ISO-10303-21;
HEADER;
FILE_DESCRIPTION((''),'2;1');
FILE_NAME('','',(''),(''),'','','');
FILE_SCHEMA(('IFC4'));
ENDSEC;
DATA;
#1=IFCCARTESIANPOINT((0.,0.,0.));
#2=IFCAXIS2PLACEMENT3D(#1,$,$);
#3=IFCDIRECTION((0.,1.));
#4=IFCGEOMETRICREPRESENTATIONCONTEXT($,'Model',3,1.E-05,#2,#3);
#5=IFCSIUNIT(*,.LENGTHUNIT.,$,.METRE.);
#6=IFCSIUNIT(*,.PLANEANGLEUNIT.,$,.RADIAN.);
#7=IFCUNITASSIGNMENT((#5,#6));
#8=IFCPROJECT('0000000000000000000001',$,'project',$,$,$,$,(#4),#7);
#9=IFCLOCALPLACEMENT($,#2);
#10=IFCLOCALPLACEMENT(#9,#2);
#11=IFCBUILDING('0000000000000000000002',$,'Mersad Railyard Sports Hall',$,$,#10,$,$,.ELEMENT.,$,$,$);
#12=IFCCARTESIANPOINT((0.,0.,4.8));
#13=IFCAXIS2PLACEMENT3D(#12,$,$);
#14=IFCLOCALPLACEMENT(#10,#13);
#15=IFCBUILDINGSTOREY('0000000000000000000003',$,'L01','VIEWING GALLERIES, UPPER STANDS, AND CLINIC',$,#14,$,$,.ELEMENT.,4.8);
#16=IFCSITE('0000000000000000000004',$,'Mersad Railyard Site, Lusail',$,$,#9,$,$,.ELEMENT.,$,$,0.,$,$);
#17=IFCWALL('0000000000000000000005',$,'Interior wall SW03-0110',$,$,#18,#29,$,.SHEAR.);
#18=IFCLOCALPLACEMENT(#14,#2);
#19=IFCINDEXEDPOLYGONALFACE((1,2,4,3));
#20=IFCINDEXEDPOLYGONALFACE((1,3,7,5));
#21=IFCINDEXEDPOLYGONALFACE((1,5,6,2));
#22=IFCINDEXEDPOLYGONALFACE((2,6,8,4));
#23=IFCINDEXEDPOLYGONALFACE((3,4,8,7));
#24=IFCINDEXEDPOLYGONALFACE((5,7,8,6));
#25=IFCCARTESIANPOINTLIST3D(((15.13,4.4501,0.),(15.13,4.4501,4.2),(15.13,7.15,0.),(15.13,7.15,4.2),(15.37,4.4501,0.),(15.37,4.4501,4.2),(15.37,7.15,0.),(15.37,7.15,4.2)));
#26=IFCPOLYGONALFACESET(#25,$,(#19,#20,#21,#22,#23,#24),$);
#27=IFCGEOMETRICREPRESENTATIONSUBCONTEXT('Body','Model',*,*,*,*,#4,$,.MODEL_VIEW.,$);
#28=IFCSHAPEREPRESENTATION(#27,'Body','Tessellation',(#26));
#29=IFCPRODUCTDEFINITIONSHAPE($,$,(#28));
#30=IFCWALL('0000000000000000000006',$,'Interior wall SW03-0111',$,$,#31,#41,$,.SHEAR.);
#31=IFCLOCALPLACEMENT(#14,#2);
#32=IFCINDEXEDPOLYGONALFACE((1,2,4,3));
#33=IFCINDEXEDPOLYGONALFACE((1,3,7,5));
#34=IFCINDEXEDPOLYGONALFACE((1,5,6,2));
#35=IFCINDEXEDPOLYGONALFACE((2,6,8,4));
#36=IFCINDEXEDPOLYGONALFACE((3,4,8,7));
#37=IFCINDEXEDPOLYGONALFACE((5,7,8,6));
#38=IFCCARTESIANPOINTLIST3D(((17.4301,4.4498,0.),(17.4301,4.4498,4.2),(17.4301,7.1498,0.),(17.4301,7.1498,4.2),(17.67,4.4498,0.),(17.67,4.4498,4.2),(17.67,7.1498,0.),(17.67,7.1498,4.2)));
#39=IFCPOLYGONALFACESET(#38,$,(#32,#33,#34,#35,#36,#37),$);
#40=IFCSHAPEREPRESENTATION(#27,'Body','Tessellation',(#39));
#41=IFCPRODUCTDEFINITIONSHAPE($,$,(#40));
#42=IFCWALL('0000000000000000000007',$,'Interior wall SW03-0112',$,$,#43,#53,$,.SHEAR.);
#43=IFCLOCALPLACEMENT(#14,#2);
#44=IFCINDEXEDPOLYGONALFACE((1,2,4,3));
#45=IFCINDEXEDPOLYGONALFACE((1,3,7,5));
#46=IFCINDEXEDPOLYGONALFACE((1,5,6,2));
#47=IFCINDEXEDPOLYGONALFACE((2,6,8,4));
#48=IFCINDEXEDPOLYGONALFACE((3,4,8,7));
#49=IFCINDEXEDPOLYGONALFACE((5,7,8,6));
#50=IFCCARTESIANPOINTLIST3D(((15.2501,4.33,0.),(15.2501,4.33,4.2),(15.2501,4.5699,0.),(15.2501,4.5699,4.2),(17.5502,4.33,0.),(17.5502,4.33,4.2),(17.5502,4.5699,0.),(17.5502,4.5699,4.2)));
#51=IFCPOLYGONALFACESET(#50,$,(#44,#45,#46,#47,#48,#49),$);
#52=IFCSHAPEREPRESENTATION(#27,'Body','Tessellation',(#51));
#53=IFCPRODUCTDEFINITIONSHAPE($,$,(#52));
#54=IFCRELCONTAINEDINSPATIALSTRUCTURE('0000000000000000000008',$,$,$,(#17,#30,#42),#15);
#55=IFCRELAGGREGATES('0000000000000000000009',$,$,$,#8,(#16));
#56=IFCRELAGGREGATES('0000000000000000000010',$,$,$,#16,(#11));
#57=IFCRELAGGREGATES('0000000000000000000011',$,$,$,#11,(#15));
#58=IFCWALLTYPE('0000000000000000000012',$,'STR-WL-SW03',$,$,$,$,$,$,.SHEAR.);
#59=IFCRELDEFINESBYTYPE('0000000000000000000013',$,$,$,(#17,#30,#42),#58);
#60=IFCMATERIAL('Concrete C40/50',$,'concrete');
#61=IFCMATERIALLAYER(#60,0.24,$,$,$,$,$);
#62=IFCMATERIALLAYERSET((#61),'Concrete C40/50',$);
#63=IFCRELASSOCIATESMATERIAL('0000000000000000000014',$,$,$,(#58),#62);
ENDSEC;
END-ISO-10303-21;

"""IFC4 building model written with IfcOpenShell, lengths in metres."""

from ifc_helpers import new_model, si_unit, direction, frame, frame_2d, origin, place, context, subcontext, project, spatial, rectangle, extrude, material, layer, layer_set, type_object, element, save


model = new_model("IFC4")

# Units and contexts
model_context = context("Model", 3, precision=1e-05, world=origin(), true_north=direction((0.0, 1.0)))
body_context = subcontext(model_context, "Body", "Model", "MODEL_VIEW")
ifc_project = project(units=[si_unit("LENGTHUNIT", "METRE"), si_unit("PLANEANGLEUNIT", "RADIAN")], contexts=[model_context])

# Site, building, storey
site_placement = place(None, origin())
site = spatial("IfcSite", under=ifc_project, at=site_placement, Name="Mersad Railyard Site, Lusail", CompositionType="ELEMENT", RefElevation=0.0)
building_placement = place(site_placement, origin())
building = spatial("IfcBuilding", under=site, at=building_placement, Name="Mersad Railyard Sports Hall", CompositionType="ELEMENT")
storey_placement = place(building_placement, frame((0.0, 0.0, 4.8)))
storey = spatial("IfcBuildingStorey", under=building, at=storey_placement, Name="L01", Description="VIEWING GALLERIES, UPPER STANDS, AND CLINIC", CompositionType="ELEMENT", Elevation=4.8)

# Shared definitions
ifc_material_1 = material(Name="Concrete C40/50", Category="concrete")

# Walls
ifc_layer_1 = layer(ifc_material_1, 0.24)
ifc_layer_set_1 = layer_set([ifc_layer_1], Name="Concrete C40/50")
wall_type_1 = type_object("IfcWallType", Name="STR-WL-SW03", PredefinedType="SHEAR", material=ifc_layer_set_1)
for number, where, z_axis, x_axis, name in (
    (1, (15.25, 4.45, 0.0), (0.0, 0.0, 1.0), (0.0, 1.0, 0.0), "Interior wall SW03-0110"),
    (2, (17.55, 7.1499, 0.0), (0.0, 0.0, 1.0), (0.0, -1.0, 0.0), "Interior wall SW03-0111"),
):
    element("IfcWall", number, at=place(storey_placement, frame(where, z_axis=z_axis, x_axis=x_axis)), inside=storey, type_object=wall_type_1, Name=name, PredefinedType="SHEAR", context=body_context, shape_type="SweptSolid", body=[
        extrude(rectangle(XDim=2.7, YDim=0.24, at=frame_2d((1.3501, 0.0))), origin(), (0.0, 0.0, 1.0), 4.2),
    ])
wall_1_placement = place(storey_placement, frame((17.55, 4.45, 0.0), z_axis=(0.0, 0.0, 1.0), x_axis=(-1.0, 0.0, 0.0)))
element("IfcWall", 3, at=wall_1_placement, inside=storey, type_object=wall_type_1, Name="Interior wall SW03-0112", PredefinedType="SHEAR", context=body_context, shape_type="SweptSolid", body=[
    extrude(rectangle(XDim=2.3, YDim=0.24, at=frame_2d((1.1499, 0.0))), origin(), (0.0, 0.0, 1.0), 4.2),
])

save(model, "model.ifc")
